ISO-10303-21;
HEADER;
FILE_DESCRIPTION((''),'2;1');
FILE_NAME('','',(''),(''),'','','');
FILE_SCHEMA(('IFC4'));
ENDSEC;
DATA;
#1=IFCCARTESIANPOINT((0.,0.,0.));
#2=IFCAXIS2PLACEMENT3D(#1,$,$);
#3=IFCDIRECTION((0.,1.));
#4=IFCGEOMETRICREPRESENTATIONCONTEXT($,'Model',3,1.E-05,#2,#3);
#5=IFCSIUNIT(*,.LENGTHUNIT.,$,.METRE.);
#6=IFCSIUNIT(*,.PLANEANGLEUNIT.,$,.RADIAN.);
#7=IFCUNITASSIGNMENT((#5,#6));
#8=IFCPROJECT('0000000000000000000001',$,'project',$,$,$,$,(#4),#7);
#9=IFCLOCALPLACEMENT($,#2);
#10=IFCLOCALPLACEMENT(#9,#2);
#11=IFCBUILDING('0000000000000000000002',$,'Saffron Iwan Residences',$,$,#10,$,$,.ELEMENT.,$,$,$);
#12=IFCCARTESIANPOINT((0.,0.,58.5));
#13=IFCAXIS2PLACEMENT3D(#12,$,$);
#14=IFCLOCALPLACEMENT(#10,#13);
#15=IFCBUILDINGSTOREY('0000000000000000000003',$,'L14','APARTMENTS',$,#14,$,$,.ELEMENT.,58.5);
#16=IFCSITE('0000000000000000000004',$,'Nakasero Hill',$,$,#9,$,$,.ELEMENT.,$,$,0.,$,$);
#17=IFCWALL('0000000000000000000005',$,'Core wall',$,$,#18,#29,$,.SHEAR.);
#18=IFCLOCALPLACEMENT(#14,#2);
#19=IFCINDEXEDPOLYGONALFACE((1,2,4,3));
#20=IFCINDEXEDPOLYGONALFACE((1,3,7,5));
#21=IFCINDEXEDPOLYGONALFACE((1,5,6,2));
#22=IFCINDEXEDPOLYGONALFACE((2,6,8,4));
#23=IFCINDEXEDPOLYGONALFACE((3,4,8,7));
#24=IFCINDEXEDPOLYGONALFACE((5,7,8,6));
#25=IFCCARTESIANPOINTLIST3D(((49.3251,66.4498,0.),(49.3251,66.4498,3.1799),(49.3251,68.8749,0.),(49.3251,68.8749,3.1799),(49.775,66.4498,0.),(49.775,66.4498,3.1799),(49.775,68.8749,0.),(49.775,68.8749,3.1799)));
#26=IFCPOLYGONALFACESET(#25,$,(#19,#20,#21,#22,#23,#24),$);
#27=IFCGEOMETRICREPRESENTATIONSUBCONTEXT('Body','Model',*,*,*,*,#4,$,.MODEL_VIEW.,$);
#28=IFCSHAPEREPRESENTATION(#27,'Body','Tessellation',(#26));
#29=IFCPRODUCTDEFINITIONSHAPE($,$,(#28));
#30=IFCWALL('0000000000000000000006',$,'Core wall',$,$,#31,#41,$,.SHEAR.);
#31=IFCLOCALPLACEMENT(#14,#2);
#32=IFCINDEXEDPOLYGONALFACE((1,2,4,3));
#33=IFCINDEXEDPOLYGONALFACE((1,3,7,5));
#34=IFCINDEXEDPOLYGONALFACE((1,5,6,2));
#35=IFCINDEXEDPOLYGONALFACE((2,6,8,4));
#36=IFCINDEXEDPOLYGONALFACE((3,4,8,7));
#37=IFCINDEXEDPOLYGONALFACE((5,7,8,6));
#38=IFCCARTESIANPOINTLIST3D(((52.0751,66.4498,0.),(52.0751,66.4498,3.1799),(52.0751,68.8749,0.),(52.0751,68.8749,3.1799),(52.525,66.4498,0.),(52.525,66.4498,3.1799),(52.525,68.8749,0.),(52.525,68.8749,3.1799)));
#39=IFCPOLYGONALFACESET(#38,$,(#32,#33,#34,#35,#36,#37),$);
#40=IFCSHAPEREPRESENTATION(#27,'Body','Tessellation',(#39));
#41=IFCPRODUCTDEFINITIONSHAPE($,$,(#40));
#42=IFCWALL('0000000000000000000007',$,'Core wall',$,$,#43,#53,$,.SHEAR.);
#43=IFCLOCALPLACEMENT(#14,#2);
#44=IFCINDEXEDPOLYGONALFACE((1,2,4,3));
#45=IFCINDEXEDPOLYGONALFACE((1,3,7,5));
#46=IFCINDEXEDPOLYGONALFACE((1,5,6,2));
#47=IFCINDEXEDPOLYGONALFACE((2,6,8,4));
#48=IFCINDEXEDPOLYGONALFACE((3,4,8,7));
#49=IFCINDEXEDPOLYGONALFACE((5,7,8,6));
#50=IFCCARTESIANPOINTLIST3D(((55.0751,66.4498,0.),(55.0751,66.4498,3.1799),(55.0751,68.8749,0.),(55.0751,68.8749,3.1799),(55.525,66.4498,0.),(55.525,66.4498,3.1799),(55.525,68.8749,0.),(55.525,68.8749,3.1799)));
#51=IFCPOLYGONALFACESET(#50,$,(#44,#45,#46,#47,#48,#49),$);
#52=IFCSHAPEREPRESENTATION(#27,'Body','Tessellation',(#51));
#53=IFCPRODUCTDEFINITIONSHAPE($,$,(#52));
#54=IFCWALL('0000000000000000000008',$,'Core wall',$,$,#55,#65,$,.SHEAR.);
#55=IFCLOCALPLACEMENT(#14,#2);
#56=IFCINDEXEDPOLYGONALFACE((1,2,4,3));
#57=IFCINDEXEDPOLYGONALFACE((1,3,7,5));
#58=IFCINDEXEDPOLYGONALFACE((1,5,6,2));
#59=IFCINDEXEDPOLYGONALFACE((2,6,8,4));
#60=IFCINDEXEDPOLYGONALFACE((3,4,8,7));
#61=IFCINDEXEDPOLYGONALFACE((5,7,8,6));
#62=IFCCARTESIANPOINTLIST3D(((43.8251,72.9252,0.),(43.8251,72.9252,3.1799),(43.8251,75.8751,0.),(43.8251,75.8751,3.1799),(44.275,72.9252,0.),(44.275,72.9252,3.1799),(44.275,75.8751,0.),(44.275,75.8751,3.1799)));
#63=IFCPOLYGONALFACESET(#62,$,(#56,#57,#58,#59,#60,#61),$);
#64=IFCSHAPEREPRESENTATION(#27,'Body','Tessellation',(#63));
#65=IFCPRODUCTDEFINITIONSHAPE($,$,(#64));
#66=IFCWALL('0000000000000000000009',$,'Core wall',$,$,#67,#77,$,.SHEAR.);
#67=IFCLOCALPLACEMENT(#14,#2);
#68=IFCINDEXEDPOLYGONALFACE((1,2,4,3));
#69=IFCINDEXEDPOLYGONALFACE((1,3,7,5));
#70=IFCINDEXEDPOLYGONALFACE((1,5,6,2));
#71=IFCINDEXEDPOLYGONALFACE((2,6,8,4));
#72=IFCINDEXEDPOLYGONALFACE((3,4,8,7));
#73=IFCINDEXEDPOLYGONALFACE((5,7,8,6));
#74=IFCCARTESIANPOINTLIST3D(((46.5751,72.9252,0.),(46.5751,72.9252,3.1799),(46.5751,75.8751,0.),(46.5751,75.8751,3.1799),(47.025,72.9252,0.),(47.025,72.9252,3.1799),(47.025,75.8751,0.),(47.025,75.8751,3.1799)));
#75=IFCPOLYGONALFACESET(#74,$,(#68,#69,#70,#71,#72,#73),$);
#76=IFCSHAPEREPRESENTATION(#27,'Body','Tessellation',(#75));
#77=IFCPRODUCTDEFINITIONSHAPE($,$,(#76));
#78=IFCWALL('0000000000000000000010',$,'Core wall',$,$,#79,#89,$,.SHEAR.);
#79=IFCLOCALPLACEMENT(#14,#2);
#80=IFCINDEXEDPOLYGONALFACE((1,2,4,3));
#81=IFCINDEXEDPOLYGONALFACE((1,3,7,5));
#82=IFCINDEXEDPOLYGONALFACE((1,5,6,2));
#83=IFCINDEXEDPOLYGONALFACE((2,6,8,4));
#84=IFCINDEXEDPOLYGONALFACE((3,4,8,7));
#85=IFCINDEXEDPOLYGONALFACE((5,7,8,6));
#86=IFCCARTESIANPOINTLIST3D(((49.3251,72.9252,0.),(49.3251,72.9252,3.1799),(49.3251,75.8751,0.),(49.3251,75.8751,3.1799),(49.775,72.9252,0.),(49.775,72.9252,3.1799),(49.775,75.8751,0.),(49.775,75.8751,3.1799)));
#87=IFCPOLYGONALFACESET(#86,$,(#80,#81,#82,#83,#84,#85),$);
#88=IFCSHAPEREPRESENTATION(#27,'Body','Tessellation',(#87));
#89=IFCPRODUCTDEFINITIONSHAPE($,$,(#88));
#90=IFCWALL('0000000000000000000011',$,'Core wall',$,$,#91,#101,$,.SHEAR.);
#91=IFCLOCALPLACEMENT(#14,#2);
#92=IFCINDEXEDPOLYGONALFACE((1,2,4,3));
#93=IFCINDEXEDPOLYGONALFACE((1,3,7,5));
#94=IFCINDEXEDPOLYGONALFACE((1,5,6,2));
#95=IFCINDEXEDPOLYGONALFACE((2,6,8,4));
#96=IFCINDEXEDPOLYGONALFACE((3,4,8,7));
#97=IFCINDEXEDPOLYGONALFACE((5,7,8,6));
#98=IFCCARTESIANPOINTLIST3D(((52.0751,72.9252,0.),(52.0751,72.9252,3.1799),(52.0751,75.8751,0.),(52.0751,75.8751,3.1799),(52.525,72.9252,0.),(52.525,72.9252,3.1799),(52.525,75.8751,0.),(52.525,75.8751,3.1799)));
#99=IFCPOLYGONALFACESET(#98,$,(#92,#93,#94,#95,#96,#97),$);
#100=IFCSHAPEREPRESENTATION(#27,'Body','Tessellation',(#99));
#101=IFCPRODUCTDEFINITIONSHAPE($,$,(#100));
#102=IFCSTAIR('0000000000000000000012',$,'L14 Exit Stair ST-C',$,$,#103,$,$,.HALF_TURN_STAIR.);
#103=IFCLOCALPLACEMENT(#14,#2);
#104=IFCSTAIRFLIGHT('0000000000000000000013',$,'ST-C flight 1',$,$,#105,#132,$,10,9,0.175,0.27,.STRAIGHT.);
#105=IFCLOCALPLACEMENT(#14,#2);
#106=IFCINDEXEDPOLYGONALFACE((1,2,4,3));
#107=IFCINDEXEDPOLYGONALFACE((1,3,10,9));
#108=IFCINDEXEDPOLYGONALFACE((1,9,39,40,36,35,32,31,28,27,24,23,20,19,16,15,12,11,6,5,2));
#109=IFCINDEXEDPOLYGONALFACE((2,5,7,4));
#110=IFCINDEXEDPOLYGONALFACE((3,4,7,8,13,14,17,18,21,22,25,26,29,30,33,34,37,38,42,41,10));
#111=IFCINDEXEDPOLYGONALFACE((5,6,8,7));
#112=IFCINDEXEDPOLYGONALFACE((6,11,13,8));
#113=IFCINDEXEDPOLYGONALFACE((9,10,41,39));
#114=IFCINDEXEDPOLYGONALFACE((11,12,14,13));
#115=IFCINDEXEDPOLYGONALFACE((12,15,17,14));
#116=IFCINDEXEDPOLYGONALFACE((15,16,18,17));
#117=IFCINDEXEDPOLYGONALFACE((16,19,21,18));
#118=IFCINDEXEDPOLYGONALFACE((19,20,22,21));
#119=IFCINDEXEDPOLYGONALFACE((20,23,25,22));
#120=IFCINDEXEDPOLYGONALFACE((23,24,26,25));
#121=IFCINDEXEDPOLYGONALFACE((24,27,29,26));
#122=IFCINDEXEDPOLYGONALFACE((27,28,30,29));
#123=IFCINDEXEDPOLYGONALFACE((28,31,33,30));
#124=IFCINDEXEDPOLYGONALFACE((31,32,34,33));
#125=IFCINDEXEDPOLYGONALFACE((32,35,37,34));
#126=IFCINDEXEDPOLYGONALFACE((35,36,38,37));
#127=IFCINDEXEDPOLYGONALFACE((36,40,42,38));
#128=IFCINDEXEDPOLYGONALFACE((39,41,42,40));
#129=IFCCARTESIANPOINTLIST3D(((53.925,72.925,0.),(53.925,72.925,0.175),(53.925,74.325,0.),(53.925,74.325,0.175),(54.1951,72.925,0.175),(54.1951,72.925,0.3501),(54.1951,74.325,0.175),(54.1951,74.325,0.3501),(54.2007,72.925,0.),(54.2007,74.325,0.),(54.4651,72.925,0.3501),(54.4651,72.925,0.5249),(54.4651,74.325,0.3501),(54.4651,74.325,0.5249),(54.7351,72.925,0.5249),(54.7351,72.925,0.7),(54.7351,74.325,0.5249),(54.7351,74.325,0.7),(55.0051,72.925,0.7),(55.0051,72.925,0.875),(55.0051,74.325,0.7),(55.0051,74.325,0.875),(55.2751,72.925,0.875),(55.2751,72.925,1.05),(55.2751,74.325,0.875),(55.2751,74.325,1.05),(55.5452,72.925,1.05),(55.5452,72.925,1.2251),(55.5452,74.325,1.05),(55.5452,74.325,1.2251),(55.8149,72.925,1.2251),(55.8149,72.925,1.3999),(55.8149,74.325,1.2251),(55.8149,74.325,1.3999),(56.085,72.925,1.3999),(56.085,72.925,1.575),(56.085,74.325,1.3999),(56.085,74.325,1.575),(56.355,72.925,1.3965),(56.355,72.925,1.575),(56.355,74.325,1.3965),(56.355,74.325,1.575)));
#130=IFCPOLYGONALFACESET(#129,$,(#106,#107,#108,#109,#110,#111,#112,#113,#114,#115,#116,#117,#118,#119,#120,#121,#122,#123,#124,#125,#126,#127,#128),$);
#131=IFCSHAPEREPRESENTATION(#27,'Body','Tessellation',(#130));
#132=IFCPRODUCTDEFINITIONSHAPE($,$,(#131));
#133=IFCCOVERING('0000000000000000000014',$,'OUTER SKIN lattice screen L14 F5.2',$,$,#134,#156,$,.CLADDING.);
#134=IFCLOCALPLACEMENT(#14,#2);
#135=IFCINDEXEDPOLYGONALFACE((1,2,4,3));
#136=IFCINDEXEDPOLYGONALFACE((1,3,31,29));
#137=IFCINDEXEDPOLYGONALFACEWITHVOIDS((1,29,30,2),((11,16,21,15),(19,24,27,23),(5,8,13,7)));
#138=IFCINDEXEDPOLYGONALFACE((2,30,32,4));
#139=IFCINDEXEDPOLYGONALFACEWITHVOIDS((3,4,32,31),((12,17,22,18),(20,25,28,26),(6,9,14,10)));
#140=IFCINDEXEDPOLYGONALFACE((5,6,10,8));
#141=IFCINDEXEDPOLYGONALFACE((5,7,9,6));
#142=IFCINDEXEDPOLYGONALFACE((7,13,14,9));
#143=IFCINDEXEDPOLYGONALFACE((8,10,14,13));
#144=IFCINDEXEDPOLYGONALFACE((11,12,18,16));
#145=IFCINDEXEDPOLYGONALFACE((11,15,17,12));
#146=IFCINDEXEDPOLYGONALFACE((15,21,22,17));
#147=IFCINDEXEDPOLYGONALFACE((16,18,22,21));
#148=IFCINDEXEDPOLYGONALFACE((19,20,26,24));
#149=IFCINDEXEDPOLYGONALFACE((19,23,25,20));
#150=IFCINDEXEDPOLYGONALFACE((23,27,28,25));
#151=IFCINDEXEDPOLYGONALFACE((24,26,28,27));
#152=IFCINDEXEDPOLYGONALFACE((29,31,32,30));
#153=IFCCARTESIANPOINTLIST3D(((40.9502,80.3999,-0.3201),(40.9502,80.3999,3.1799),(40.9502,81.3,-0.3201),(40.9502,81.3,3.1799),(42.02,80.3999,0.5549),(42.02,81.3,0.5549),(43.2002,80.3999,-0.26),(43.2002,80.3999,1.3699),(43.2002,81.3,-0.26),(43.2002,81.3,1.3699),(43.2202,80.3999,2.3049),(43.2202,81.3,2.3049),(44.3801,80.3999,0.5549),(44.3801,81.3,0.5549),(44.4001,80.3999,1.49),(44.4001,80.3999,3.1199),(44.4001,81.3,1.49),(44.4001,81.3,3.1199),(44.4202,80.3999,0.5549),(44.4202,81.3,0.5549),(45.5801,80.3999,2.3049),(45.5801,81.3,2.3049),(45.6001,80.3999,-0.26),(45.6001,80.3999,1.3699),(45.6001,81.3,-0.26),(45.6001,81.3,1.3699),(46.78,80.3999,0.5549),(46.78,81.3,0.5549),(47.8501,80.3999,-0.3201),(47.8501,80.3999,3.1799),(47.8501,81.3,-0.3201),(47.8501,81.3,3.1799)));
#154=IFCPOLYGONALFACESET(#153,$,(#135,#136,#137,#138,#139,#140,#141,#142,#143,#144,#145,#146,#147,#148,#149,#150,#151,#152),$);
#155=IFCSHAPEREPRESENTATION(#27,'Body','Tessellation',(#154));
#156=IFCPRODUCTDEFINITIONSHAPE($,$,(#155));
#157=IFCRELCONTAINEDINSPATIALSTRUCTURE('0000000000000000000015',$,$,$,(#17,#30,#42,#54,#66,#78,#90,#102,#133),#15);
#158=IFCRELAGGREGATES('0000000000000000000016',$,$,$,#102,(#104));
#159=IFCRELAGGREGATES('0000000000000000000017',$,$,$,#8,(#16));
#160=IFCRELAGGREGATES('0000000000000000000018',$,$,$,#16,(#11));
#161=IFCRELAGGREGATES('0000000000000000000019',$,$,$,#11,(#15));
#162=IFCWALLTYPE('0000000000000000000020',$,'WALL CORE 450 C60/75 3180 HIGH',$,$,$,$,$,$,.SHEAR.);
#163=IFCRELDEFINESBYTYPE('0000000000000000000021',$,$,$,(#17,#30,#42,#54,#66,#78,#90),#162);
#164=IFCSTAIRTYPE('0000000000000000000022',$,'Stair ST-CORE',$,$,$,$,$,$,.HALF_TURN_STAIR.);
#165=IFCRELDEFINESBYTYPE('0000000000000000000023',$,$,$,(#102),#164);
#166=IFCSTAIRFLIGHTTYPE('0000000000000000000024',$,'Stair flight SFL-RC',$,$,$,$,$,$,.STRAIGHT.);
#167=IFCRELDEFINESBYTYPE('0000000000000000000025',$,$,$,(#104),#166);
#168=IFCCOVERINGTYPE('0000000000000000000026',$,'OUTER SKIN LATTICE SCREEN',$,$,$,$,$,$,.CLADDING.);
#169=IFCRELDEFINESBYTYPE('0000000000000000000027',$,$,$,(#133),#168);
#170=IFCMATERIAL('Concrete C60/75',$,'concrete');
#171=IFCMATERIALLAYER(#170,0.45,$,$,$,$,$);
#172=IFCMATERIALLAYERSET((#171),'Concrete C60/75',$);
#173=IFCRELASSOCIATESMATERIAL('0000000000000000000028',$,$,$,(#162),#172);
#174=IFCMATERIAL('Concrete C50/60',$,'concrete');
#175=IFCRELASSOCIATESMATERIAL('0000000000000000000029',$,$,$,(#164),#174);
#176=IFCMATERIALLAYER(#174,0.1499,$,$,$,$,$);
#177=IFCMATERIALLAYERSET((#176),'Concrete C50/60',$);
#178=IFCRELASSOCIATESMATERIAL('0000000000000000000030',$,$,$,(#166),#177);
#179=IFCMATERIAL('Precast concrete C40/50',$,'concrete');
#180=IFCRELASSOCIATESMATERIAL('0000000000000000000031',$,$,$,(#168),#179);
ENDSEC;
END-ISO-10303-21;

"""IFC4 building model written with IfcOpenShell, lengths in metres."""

from ifc_helpers import new_model, si_unit, direction, frame, frame_2d, origin, place, context, subcontext, project, spatial, polyline, rectangle, outline, extrude, material, layer, layer_set, type_object, element, aggregate, save


model = new_model("IFC4")

# Units and contexts
model_context = context("Model", 3, precision=1e-05, world=origin(), true_north=direction((0.0, 1.0)))
body_context = subcontext(model_context, "Body", "Model", "MODEL_VIEW")
ifc_project = project(units=[si_unit("LENGTHUNIT", "METRE"), si_unit("PLANEANGLEUNIT", "RADIAN")], contexts=[model_context])

# Site, building, storey
site_placement = place(None, origin())
site = spatial("IfcSite", under=ifc_project, at=site_placement, Name="Nakasero Hill", CompositionType="ELEMENT", RefElevation=0.0)
building_placement = place(site_placement, origin())
building = spatial("IfcBuilding", under=site, at=building_placement, Name="Saffron Iwan Residences", CompositionType="ELEMENT")
storey_placement = place(building_placement, frame((0.0, 0.0, 58.5)))
storey = spatial("IfcBuildingStorey", under=building, at=storey_placement, Name="L14", Description="APARTMENTS", CompositionType="ELEMENT", Elevation=58.5)

# Shared definitions
ifc_material_1 = material(Name="Concrete C60/75", Category="concrete")

# Walls
ifc_layer_1 = layer(ifc_material_1, 0.45)
ifc_layer_set_1 = layer_set([ifc_layer_1], Name="Concrete C60/75")
wall_type_1 = type_object("IfcWallType", Name="WALL CORE 450 C60/75 3180 HIGH", PredefinedType="SHEAR", material=ifc_layer_set_1)
for number, where, z_axis, x_axis, name in (
    (1, (49.55, 66.45, 0.0), (0.0, 0.0, 1.0), (0.0, 1.0, 0.0), "Core wall"),
    (2, (52.3, 66.45, 0.0), (0.0, 0.0, 1.0), (0.0, 1.0, 0.0), "Core wall"),
    (3, (55.3, 66.45, 0.0), (0.0, 0.0, 1.0), (0.0, 1.0, 0.0), "Core wall"),
):
    element("IfcWall", number, at=place(storey_placement, frame(where, z_axis=z_axis, x_axis=x_axis)), inside=storey, type_object=wall_type_1, Name=name, PredefinedType="SHEAR", context=body_context, shape_type="SweptSolid", body=[
        extrude(rectangle(XDim=2.425, YDim=0.45, at=frame_2d((1.2124, 0.0))), origin(), (0.0, 0.0, 1.0), 3.1799),
    ])
for number, where, z_axis, x_axis, name in (
    (4, (44.05, 72.925, 0.0), (0.0, 0.0, 1.0), (0.0, 1.0, 0.0), "Core wall"),
    (5, (46.8, 72.925, 0.0), (0.0, 0.0, 1.0), (0.0, 1.0, 0.0), "Core wall"),
    (6, (49.55, 72.925, 0.0), (0.0, 0.0, 1.0), (0.0, 1.0, 0.0), "Core wall"),
    (7, (52.3, 72.925, 0.0), (0.0, 0.0, 1.0), (0.0, 1.0, 0.0), "Core wall"),
):
    element("IfcWall", number, at=place(storey_placement, frame(where, z_axis=z_axis, x_axis=x_axis)), inside=storey, type_object=wall_type_1, Name=name, PredefinedType="SHEAR", context=body_context, shape_type="SweptSolid", body=[
        extrude(rectangle(XDim=2.95, YDim=0.45, at=frame_2d((1.4751, 0.0))), origin(), (0.0, 0.0, 1.0), 3.1799),
    ])

# Stair, stair flight
ifc_material_2 = material(Name="Concrete C50/60", Category="concrete")
stair_type = type_object("IfcStairType", Name="Stair ST-CORE", PredefinedType="HALF_TURN_STAIR", material=ifc_material_2)
stair_placement = place(storey_placement, origin())
stair = element("IfcStair", 8, at=stair_placement, inside=storey, type_object=stair_type, Name="L14 Exit Stair ST-C", PredefinedType="HALF_TURN_STAIR")
ifc_layer_2 = layer(ifc_material_2, 0.1499)
ifc_layer_set_2 = layer_set([ifc_layer_2], Name="Concrete C50/60")
stair_flight_type = type_object("IfcStairFlightType", Name="Stair flight SFL-RC", PredefinedType="STRAIGHT", material=ifc_layer_set_2)
stair_flight_placement = place(storey_placement, frame((53.925, 73.625, 0.0), z_axis=(0.0, 0.0, 1.0), x_axis=(1.0, 0.0, 0.0)))
stair_flight = element("IfcStairFlight", 9, at=stair_flight_placement, type_object=stair_flight_type, Name="ST-C flight 1", NumberOfRisers=10, NumberOfTreads=9, PredefinedType="STRAIGHT", RiserHeight=0.175, TreadLength=0.27, context=body_context, shape_type="SweptSolid", body=[
    extrude(outline(polyline([(0.0, 0.0), (0.0, 0.175), (0.27, 0.175), (0.27, 0.3501), (0.54, 0.3501), (0.54, 0.5249), (0.8101, 0.5249), (0.8101, 0.7), (1.0801, 0.7), (1.0801, 0.875), (1.3501, 0.875), (1.3501, 1.05), (1.6201, 1.05), (1.6201, 1.2251), (1.8899, 1.2251), (1.8899, 1.3999), (2.1599, 1.3999), (2.1599, 1.575), (2.4299, 1.575), (2.4299, 1.75), (2.4299, 1.3965), (0.2756, 0.0), (0.0, 0.0)])), frame((0.0, 0.7, 0.0), z_axis=(0.0, -1.0, 0.0), x_axis=(1.0, 0.0, 0.0)), (0.0, 0.0, 1.0), 1.3999),
])
aggregate(stair, [stair_flight])

# Covering
ifc_material_3 = material(Name="Precast concrete C40/50", Category="concrete")
covering_type_1 = type_object("IfcCoveringType", Name="OUTER SKIN LATTICE SCREEN", PredefinedType="CLADDING", material=ifc_material_3)
covering_placement = place(storey_placement, frame((47.8501, 80.3999, -0.3201), z_axis=(0.0, 1.0, 0.0), x_axis=(-1.0, 0.0, 0.0)))
element("IfcCovering", 10, at=covering_placement, inside=storey, type_object=covering_type_1, Name="OUTER SKIN lattice screen L14 F5.2", PredefinedType="CLADDING", context=body_context, shape_type="SweptSolid", body=[
    extrude(outline(polyline([(0.0, 0.0), (6.8999, 0.0), (6.8999, 3.5), (0.0, 3.5), (0.0, 0.0)]), holes=[polyline([(1.0701, 0.875), (2.25, 0.0601), (3.4299, 0.875), (2.25, 1.6899), (1.0701, 0.875)]), polyline([(3.47, 0.875), (4.6499, 0.0601), (5.8301, 0.875), (4.6499, 1.6899), (3.47, 0.875)]), polyline([(2.27, 2.625), (3.45, 1.8101), (4.6299, 2.625), (3.45, 3.4399), (2.27, 2.625)])]), origin(), (0.0, 0.0, 1.0), 0.9001),
])

save(model, "model.ifc")
